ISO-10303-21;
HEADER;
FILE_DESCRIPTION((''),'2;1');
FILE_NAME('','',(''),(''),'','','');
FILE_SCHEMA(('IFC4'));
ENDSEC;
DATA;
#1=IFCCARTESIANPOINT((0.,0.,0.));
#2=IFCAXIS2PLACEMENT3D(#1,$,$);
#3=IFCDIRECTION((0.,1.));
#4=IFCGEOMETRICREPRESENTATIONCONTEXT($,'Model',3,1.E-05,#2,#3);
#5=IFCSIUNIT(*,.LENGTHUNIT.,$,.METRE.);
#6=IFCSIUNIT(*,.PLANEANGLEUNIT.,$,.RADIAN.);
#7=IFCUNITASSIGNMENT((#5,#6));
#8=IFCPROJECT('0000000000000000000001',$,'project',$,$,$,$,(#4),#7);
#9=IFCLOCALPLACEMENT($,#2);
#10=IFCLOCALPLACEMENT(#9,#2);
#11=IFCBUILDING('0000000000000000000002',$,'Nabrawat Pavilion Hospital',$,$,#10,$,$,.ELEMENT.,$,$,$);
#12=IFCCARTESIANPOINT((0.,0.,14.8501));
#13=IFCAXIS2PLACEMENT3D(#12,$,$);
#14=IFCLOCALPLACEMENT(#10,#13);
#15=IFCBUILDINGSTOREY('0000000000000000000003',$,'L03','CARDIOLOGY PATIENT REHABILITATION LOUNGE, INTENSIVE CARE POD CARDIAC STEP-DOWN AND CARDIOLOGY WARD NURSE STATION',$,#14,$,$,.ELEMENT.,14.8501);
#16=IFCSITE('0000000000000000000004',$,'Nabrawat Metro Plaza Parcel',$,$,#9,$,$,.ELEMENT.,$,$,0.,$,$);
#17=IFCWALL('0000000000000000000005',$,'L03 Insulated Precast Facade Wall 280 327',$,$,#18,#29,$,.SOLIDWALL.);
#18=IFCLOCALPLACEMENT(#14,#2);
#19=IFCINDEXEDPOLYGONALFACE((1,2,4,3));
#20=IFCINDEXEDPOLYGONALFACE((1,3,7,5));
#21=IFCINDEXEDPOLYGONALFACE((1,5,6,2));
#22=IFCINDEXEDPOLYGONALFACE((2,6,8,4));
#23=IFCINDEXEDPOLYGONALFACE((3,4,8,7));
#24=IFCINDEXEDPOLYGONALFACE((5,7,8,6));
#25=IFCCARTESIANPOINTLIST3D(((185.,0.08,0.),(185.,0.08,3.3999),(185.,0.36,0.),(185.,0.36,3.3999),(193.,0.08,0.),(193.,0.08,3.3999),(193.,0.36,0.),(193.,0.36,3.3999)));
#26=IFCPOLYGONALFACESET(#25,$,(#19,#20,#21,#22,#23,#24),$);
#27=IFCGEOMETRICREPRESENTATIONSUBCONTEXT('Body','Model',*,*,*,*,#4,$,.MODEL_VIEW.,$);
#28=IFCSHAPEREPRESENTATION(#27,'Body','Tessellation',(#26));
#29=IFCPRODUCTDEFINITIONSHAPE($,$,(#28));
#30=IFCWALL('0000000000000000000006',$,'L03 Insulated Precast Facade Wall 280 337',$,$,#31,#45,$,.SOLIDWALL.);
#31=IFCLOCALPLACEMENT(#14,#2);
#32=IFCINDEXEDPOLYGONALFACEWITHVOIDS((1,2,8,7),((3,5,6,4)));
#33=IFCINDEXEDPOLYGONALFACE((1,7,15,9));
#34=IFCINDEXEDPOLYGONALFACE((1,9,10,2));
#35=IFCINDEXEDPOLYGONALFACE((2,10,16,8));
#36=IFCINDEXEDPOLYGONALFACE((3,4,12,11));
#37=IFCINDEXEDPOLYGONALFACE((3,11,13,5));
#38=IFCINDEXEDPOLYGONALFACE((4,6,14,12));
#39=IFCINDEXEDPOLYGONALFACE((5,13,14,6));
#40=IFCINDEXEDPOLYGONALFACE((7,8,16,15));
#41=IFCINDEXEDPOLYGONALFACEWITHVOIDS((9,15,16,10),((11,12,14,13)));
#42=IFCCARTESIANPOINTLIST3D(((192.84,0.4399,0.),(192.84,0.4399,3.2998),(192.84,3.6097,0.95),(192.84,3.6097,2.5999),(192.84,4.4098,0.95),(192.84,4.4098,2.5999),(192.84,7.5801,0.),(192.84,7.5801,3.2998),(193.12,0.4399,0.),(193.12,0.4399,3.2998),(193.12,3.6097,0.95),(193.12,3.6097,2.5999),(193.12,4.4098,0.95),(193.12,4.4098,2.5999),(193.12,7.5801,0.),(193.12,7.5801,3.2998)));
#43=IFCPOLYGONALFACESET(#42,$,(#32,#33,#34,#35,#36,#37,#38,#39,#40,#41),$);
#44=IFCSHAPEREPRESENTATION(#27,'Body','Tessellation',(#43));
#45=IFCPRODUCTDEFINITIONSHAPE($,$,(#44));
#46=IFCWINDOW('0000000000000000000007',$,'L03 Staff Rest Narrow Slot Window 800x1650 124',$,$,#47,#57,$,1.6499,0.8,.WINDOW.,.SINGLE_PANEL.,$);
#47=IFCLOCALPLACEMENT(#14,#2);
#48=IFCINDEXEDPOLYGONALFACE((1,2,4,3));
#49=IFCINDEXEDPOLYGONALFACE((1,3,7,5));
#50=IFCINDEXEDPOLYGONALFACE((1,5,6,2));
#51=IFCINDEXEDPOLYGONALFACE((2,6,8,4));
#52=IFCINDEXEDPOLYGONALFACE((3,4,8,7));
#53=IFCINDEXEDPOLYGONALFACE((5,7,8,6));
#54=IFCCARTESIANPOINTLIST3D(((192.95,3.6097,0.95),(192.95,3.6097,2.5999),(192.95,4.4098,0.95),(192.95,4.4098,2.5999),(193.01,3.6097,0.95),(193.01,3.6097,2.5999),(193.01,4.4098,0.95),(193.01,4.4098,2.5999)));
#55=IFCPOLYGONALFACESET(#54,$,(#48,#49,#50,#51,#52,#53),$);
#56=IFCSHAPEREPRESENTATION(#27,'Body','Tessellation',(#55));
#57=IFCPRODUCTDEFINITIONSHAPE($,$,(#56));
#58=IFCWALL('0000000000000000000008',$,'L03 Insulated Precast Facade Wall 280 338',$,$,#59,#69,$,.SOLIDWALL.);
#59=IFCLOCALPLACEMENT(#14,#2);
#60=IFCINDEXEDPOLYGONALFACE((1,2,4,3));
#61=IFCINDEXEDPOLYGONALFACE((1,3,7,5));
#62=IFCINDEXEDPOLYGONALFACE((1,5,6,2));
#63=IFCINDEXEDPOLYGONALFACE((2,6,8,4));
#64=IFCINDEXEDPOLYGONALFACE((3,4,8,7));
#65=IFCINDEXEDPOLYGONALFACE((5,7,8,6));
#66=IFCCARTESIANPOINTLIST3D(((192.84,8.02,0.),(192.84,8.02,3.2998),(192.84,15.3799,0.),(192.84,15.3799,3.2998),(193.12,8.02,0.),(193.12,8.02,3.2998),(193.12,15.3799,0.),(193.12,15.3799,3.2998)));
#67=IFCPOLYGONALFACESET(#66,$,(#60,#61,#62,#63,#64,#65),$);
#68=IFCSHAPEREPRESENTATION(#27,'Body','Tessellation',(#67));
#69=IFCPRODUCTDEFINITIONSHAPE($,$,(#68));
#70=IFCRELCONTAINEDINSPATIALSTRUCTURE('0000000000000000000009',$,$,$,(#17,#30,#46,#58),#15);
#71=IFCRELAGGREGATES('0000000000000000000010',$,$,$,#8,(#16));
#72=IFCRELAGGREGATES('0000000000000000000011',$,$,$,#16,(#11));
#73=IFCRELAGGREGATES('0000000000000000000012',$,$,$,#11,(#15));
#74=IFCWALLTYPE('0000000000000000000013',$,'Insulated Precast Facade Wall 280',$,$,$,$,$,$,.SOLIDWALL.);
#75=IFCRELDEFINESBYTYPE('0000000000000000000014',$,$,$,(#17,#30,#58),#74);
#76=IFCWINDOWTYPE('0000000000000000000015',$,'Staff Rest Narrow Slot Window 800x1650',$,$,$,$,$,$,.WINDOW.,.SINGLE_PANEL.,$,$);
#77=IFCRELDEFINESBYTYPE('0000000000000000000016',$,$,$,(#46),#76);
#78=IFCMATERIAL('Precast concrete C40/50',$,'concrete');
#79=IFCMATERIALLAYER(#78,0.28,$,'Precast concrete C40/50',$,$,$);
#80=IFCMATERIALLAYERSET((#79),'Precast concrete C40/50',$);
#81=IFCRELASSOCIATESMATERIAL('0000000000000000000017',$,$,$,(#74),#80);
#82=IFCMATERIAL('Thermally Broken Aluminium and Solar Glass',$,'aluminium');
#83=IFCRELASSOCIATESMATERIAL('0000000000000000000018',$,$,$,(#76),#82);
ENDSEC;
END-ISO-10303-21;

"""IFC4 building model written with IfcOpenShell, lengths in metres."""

from ifc_helpers import new_model, si_unit, direction, frame, frame_2d, origin, place, context, subcontext, project, spatial, rectangle, extrude, material, layer, layer_set, type_object, element, fill, save


model = new_model("IFC4")

# Units and contexts
model_context = context("Model", 3, precision=1e-05, world=origin(), true_north=direction((0.0, 1.0)))
body_context = subcontext(model_context, "Body", "Model", "MODEL_VIEW")
ifc_project = project(units=[si_unit("LENGTHUNIT", "METRE"), si_unit("PLANEANGLEUNIT", "RADIAN")], contexts=[model_context])

# Site, building, storey
site_placement = place(None, origin())
site = spatial("IfcSite", under=ifc_project, at=site_placement, Name="Nabrawat Metro Plaza Parcel", CompositionType="ELEMENT", RefElevation=0.0)
building_placement = place(site_placement, origin())
building = spatial("IfcBuilding", under=site, at=building_placement, Name="Nabrawat Pavilion Hospital", CompositionType="ELEMENT")
storey_placement = place(building_placement, frame((0.0, 0.0, 14.8501)))
storey = spatial("IfcBuildingStorey", under=building, at=storey_placement, Name="L03", Description="CARDIOLOGY PATIENT REHABILITATION LOUNGE, INTENSIVE CARE POD CARDIAC STEP-DOWN AND CARDIOLOGY WARD NURSE STATION", CompositionType="ELEMENT", Elevation=14.8501)

# Wall
ifc_material_1 = material(Name="Precast concrete C40/50", Category="concrete")
ifc_layer_1 = layer(ifc_material_1, 0.28, Name="Precast concrete C40/50")
ifc_layer_set_1 = layer_set([ifc_layer_1], Name="Precast concrete C40/50")
wall_type = type_object("IfcWallType", Name="Insulated Precast Facade Wall 280", PredefinedType="SOLIDWALL", material=ifc_layer_set_1)
wall_1_placement = place(storey_placement, frame((185.0, 0.22, 0.0), z_axis=(0.0, 0.0, 1.0), x_axis=(1.0, 0.0, 0.0)))
element("IfcWall", 1, at=wall_1_placement, inside=storey, type_object=wall_type, Name="L03 Insulated Precast Facade Wall 280 327", PredefinedType="SOLIDWALL", context=body_context, shape_type="SweptSolid", body=[
    extrude(rectangle(XDim=8.0, YDim=0.28, at=frame_2d((4.0, 0.0))), origin(), (0.0, 0.0, 1.0), 3.3999),
])

# Wall, opening, window
wall_2_placement = place(storey_placement, frame((192.98, 0.4399, 0.0), z_axis=(0.0, 0.0, 1.0), x_axis=(0.0, 1.0, 0.0)))
wall_2 = element("IfcWall", 2, at=wall_2_placement, inside=storey, type_object=wall_type, Name="L03 Insulated Precast Facade Wall 280 337", PredefinedType="SOLIDWALL", context=body_context, shape_type="SweptSolid", body=[
    extrude(rectangle(XDim=7.1401, YDim=0.28, at=frame_2d((3.5701, 0.0))), origin(), (0.0, 0.0, 1.0), 3.2998),
])
opening_placement = place(wall_2_placement, frame((3.1699, 0.0, 0.95)))
opening = element("IfcOpeningElement", 3, at=opening_placement, cuts=wall_2, PredefinedType="OPENING", context=body_context, shape_type="SweptSolid", body=[
    extrude(rectangle(XDim=0.8, YDim=1.6499, at=frame_2d((0.3999, 0.825))), frame((0.0, 0.1499, 0.0), z_axis=(0.0, -1.0, 0.0), x_axis=(1.0, 0.0, 0.0)), (0.0, 0.0, 1.0), 0.3),
])
ifc_material_2 = material(Name="Thermally Broken Aluminium and Solar Glass", Category="aluminium")
window_type = type_object("IfcWindowType", Name="Staff Rest Narrow Slot Window 800x1650", PartitioningType="SINGLE_PANEL", PredefinedType="WINDOW", material=ifc_material_2)
window_placement = place(opening_placement, origin())
window = element("IfcWindow", 4, at=window_placement, inside=storey, type_object=window_type, Name="L03 Staff Rest Narrow Slot Window 800x1650 124", OverallHeight=1.6499, OverallWidth=0.8, PartitioningType="SINGLE_PANEL", PredefinedType="WINDOW", context=body_context, shape_type="SweptSolid", body=[
    extrude(rectangle(XDim=0.8, YDim=1.6499, at=frame_2d((0.3999, 0.825))), frame((0.0, 0.03, 0.0), z_axis=(0.0, -1.0, 0.0), x_axis=(1.0, 0.0, 0.0)), (0.0, 0.0, 1.0), 0.0601),
])
fill(opening, window)

# Wall
wall_3_placement = place(storey_placement, frame((192.98, 8.02, 0.0), z_axis=(0.0, 0.0, 1.0), x_axis=(0.0, 1.0, 0.0)))
element("IfcWall", 5, at=wall_3_placement, inside=storey, type_object=wall_type, Name="L03 Insulated Precast Facade Wall 280 338", PredefinedType="SOLIDWALL", context=body_context, shape_type="SweptSolid", body=[
    extrude(rectangle(XDim=7.3599, YDim=0.28, at=frame_2d((3.6799, 0.0))), origin(), (0.0, 0.0, 1.0), 3.2998),
])

save(model, "model.ifc")
